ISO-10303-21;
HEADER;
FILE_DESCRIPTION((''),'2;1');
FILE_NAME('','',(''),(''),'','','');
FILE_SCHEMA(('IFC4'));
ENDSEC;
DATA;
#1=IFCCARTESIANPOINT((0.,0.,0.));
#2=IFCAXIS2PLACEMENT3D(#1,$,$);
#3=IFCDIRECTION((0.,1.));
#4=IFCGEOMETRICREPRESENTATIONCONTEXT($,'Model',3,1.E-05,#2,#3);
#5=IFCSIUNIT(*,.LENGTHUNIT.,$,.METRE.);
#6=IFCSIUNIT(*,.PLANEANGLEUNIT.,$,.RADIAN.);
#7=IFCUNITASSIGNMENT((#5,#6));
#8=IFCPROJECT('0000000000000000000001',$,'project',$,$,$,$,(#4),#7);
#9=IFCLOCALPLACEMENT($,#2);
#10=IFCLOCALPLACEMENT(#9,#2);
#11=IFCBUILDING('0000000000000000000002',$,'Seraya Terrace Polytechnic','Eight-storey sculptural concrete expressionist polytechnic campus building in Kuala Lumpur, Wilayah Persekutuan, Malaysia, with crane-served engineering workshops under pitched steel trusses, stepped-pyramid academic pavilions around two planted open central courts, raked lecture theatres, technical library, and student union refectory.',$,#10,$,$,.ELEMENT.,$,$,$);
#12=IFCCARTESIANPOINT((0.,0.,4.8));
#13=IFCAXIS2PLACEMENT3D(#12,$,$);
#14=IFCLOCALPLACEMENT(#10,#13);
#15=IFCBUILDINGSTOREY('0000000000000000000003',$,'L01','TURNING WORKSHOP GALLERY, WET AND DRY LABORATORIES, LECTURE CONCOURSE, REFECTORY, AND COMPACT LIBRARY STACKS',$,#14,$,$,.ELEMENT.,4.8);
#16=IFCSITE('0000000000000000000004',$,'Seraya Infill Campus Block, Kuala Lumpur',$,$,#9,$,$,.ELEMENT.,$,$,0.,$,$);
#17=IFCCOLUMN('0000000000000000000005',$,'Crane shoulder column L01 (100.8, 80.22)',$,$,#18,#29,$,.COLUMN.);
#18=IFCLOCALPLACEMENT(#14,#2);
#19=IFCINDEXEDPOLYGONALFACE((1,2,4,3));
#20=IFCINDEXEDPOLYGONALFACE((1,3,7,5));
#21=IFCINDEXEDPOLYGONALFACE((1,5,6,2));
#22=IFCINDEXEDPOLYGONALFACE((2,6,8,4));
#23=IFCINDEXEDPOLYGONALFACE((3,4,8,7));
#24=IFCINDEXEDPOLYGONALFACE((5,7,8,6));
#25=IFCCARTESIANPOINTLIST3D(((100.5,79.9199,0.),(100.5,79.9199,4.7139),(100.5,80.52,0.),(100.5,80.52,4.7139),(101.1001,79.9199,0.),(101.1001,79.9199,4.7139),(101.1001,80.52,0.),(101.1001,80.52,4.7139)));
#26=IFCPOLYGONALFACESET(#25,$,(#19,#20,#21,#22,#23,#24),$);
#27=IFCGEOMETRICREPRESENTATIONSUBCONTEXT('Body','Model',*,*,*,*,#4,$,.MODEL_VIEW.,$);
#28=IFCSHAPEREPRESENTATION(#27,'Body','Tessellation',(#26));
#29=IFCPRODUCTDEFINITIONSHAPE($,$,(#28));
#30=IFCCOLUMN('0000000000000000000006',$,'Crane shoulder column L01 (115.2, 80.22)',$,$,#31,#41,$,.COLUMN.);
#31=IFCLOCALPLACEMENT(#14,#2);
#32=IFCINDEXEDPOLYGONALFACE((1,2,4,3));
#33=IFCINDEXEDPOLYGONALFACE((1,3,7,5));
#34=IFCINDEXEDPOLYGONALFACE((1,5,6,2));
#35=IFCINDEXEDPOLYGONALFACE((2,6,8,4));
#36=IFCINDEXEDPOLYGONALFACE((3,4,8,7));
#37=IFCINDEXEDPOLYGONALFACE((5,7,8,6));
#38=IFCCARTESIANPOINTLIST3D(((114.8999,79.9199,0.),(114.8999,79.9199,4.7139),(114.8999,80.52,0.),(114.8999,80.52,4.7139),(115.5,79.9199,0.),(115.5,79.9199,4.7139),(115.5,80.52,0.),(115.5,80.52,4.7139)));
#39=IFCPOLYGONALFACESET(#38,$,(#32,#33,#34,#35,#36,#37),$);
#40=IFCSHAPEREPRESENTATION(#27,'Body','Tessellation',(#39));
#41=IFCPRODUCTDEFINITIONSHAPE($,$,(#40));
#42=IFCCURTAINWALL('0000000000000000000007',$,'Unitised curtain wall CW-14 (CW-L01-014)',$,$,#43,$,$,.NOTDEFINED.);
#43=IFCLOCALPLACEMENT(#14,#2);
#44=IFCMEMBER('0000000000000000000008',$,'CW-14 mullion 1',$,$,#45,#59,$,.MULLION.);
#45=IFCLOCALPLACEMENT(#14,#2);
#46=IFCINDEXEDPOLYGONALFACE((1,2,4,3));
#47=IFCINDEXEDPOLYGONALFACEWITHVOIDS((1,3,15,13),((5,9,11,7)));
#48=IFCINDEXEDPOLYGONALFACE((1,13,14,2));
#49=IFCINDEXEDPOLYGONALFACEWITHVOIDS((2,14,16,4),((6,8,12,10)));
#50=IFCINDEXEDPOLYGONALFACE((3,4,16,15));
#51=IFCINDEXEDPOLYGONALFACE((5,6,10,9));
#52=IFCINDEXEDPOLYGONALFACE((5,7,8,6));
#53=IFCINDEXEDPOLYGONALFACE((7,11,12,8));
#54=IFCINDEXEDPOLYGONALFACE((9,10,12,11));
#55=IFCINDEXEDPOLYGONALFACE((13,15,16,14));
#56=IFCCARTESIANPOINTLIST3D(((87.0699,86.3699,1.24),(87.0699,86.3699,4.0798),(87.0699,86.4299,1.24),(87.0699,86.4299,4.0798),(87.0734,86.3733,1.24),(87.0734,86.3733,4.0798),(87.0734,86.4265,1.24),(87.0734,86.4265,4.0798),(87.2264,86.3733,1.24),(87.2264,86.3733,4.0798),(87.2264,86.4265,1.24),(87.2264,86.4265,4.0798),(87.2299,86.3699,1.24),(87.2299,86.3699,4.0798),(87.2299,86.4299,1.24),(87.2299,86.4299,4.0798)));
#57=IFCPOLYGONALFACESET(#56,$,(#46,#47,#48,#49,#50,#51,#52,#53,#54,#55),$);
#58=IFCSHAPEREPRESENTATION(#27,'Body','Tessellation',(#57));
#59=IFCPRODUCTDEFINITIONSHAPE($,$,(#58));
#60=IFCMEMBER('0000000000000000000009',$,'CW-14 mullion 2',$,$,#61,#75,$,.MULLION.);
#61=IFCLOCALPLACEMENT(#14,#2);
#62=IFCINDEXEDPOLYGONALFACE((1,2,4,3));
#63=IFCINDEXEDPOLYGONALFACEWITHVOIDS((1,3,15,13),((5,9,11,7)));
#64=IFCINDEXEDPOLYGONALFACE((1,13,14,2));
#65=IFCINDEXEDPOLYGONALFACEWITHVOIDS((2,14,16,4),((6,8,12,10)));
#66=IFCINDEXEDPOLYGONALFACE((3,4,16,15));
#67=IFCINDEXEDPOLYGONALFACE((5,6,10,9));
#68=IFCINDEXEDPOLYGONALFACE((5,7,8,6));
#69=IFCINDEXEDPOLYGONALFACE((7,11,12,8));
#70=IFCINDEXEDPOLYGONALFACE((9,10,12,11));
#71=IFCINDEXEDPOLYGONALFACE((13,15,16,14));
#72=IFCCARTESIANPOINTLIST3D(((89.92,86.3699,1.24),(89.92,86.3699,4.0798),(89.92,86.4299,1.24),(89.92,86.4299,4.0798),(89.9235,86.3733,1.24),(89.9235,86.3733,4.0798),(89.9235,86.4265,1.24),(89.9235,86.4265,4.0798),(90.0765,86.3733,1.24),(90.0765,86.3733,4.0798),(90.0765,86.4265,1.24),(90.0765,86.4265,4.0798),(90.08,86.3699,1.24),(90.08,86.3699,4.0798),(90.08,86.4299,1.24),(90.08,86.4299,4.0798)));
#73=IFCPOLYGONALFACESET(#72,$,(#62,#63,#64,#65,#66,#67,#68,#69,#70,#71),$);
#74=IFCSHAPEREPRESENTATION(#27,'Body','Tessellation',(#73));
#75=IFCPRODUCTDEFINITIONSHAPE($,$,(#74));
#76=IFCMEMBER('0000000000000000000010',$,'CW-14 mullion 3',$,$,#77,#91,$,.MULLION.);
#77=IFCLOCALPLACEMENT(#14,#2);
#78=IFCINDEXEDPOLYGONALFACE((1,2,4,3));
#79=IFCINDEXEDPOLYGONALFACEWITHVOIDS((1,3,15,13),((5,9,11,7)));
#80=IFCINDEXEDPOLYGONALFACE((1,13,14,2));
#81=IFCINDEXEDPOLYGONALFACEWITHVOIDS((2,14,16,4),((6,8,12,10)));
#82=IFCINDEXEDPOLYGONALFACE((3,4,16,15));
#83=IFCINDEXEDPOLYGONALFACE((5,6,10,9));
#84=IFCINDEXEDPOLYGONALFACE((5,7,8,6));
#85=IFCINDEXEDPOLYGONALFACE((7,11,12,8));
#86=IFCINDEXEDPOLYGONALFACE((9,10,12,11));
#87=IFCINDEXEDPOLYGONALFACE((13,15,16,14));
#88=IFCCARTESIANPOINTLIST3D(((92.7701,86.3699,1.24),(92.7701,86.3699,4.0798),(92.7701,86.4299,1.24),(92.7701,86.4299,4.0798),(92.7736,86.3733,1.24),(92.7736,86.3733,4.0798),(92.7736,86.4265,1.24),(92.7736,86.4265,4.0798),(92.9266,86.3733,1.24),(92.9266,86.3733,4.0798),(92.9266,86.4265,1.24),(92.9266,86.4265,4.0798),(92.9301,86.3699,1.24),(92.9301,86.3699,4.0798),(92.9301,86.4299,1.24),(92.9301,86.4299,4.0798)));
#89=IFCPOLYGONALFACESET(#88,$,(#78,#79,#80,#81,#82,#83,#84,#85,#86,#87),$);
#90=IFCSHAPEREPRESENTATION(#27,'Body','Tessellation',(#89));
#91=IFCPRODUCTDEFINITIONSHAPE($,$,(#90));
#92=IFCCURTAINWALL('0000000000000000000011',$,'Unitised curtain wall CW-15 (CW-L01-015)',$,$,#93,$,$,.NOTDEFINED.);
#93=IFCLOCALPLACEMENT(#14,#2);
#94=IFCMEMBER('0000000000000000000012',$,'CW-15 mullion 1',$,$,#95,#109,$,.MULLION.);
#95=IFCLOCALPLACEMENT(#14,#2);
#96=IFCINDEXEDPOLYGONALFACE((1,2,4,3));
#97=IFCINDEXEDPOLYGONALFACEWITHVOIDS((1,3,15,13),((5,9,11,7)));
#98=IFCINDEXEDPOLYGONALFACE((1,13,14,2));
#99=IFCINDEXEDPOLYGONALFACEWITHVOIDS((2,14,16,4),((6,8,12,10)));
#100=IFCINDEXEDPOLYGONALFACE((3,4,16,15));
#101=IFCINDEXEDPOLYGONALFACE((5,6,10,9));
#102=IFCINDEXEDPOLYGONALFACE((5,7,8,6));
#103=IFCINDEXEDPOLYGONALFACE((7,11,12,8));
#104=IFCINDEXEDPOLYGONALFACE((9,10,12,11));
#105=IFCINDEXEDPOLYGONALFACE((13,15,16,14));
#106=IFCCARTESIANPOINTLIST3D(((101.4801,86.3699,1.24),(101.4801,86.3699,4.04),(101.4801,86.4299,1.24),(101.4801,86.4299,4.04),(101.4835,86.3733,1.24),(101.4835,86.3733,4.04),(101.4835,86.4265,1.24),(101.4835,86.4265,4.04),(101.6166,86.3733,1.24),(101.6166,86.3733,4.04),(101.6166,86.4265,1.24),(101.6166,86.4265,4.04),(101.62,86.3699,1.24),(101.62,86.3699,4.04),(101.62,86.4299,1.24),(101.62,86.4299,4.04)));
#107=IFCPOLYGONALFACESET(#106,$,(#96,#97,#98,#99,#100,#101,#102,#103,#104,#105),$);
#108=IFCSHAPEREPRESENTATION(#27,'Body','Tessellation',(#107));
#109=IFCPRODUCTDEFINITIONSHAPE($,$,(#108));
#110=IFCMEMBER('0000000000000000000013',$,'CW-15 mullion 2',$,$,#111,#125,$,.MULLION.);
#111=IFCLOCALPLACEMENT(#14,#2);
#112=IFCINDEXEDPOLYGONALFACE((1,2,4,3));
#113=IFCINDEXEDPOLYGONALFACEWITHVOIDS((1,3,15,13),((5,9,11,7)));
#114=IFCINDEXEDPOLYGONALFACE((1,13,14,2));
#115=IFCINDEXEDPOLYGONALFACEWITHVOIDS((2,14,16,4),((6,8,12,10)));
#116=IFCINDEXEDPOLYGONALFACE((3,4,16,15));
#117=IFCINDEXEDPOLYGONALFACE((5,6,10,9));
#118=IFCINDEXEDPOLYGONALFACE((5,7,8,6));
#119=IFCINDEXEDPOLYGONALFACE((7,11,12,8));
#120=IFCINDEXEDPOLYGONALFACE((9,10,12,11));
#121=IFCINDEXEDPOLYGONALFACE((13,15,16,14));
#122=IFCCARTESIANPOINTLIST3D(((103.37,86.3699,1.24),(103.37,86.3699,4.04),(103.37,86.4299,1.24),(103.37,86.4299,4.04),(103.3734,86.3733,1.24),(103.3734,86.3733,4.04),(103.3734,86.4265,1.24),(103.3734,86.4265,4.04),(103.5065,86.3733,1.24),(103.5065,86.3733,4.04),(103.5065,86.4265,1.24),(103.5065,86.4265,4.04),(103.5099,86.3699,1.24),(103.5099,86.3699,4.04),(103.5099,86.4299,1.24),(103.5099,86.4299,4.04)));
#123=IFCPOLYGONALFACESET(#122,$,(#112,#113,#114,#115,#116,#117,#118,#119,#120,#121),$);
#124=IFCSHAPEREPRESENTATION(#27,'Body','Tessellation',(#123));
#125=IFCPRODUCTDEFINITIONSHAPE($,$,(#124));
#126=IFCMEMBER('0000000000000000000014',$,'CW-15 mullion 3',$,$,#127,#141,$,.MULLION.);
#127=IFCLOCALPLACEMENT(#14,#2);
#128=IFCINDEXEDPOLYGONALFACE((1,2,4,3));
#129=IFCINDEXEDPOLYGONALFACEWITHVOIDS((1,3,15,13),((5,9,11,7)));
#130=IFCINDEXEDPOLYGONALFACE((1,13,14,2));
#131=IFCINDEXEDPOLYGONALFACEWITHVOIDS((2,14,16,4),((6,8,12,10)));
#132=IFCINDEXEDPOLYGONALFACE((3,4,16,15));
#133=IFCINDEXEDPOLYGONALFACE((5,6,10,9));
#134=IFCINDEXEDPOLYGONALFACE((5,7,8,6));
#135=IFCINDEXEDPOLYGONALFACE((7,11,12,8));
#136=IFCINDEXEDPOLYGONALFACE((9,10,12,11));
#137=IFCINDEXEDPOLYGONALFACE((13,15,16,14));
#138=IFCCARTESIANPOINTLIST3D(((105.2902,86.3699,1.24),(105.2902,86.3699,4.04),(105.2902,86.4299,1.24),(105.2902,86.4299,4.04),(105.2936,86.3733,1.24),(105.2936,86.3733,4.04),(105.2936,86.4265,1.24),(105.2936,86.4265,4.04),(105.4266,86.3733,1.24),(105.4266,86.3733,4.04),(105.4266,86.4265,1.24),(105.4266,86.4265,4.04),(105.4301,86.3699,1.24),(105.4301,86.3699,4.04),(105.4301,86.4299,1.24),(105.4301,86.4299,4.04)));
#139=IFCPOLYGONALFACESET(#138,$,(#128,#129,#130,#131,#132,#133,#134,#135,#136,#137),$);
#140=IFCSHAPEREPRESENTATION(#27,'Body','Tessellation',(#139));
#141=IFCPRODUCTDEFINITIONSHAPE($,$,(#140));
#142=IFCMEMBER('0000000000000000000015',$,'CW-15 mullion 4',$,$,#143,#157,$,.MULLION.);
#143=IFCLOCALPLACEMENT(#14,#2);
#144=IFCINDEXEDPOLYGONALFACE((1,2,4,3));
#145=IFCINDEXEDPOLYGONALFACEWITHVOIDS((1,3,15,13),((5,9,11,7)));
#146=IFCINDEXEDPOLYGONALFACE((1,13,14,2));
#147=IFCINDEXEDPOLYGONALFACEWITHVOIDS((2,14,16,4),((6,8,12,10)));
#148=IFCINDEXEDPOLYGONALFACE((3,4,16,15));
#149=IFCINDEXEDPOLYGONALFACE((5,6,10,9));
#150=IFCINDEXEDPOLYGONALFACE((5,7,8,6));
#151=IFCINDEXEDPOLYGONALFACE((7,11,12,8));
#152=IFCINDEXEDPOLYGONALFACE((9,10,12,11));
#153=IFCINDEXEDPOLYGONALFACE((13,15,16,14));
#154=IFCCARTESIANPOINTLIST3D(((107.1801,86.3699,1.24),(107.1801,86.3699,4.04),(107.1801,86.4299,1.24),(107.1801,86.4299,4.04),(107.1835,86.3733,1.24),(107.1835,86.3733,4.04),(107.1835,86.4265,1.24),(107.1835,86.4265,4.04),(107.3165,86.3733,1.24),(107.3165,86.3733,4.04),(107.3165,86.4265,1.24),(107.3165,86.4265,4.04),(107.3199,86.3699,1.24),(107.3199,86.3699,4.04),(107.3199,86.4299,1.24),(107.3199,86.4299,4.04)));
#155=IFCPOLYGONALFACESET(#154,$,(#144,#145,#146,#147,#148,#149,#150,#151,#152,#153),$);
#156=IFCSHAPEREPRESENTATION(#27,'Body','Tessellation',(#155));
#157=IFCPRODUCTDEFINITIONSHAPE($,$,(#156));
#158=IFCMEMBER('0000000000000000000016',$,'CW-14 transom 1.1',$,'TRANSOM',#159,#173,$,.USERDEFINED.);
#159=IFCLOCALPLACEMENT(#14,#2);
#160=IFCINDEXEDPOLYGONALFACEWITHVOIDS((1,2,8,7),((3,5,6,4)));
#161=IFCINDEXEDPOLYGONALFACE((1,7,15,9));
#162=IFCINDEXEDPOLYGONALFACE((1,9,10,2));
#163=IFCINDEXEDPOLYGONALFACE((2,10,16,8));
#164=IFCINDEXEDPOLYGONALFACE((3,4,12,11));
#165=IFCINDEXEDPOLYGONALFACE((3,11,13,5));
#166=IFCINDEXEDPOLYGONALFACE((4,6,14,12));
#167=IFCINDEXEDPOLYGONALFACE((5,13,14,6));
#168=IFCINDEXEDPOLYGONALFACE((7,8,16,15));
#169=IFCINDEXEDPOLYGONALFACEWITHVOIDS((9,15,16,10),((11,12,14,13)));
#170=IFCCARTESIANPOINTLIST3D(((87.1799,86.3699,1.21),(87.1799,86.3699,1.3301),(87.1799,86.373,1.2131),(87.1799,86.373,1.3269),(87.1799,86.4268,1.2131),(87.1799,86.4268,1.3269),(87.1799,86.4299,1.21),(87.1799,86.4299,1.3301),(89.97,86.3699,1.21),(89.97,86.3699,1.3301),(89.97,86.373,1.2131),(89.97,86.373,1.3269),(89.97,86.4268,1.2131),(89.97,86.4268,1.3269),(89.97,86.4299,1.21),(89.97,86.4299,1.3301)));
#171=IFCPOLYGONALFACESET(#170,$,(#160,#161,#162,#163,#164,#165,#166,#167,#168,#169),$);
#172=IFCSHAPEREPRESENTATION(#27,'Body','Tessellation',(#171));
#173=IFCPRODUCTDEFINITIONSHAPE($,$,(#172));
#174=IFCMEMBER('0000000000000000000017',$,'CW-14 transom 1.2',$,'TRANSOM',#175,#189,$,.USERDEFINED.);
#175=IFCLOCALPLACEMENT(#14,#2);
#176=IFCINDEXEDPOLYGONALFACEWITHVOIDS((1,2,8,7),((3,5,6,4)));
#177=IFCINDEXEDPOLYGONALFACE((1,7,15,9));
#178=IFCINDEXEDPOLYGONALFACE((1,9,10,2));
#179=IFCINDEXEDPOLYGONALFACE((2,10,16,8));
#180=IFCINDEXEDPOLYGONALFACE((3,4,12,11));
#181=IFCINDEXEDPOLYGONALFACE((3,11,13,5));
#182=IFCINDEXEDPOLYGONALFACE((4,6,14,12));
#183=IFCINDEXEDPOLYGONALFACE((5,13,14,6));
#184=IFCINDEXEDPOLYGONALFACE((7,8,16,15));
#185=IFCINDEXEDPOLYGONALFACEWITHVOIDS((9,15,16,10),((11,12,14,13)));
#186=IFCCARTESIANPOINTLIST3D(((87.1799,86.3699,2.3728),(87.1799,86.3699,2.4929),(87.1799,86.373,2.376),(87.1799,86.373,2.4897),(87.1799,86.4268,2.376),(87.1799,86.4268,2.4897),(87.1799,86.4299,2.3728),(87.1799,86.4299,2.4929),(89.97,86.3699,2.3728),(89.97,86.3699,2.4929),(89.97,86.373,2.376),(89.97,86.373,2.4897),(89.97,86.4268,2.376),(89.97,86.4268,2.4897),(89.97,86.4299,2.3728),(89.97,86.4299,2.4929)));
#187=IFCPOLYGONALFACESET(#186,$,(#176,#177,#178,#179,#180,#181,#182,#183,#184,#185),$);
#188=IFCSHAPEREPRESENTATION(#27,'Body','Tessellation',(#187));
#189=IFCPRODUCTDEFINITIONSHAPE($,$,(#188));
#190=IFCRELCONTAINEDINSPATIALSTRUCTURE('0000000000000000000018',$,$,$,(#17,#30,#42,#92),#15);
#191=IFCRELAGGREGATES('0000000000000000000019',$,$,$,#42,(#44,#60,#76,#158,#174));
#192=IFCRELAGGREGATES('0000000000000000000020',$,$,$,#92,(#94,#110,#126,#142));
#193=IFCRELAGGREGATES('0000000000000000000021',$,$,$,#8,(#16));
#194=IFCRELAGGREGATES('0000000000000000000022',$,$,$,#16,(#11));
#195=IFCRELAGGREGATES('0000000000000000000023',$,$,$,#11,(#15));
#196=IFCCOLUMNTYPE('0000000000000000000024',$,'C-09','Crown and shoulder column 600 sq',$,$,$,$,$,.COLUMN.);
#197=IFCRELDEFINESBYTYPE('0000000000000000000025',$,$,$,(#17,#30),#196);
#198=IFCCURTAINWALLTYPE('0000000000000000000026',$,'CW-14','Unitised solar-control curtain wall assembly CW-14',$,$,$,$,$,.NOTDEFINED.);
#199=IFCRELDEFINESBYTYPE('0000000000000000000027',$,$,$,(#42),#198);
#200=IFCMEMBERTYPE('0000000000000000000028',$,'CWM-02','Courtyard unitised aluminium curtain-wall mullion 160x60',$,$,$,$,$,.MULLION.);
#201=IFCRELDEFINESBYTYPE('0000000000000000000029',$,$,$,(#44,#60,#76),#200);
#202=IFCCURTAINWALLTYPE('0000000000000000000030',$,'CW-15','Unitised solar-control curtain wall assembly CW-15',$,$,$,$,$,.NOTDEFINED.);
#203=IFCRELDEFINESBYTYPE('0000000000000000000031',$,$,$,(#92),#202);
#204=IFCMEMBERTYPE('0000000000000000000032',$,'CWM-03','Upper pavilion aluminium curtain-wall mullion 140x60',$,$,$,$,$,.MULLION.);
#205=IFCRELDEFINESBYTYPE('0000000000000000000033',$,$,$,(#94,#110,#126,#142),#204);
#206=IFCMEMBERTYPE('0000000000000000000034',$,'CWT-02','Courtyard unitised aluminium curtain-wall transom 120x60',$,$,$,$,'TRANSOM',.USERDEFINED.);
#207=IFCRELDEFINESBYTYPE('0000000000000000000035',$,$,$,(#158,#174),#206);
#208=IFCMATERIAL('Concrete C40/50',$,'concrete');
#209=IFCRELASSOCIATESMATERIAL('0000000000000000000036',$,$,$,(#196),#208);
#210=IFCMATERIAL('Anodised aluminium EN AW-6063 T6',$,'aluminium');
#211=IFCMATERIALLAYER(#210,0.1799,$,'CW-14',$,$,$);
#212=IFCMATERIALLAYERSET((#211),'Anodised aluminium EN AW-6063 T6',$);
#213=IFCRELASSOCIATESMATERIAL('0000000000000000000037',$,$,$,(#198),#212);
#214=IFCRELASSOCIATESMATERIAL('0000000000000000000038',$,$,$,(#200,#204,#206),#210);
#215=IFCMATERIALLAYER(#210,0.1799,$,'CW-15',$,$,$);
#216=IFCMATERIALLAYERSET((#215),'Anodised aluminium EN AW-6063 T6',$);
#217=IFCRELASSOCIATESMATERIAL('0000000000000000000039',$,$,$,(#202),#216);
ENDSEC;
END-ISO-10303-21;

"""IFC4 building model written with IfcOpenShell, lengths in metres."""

from ifc_helpers import new_model, si_unit, direction, frame, origin, origin_2d, place, context, subcontext, project, spatial, rectangle, hollow_rectangle, extrude, material, layer, layer_set, material_profile, profile_set, type_object, element, aggregate, save


model = new_model("IFC4")

# Units and contexts
model_context = context("Model", 3, precision=1e-05, world=origin(), true_north=direction((0.0, 1.0)))
body_context = subcontext(model_context, "Body", "Model", "MODEL_VIEW")
ifc_project = project(units=[si_unit("LENGTHUNIT", "METRE"), si_unit("PLANEANGLEUNIT", "RADIAN")], contexts=[model_context])

# Site, building, storey
site_placement = place(None, origin())
site = spatial("IfcSite", under=ifc_project, at=site_placement, Name="Seraya Infill Campus Block, Kuala Lumpur", CompositionType="ELEMENT", RefElevation=0.0)
building_placement = place(site_placement, origin())
building = spatial("IfcBuilding", under=site, at=building_placement, Name="Seraya Terrace Polytechnic", Description="Eight-storey sculptural concrete expressionist polytechnic campus building in Kuala Lumpur, Wilayah Persekutuan, Malaysia, with crane-served engineering workshops under pitched steel trusses, stepped-pyramid academic pavilions around two planted open central courts, raked lecture theatres, technical library, and student union refectory.", CompositionType="ELEMENT")
storey_placement = place(building_placement, frame((0.0, 0.0, 4.8)))
storey = spatial("IfcBuildingStorey", under=building, at=storey_placement, Name="L01", Description="TURNING WORKSHOP GALLERY, WET AND DRY LABORATORIES, LECTURE CONCOURSE, REFECTORY, AND COMPACT LIBRARY STACKS", CompositionType="ELEMENT", Elevation=4.8)

# Columns
ifc_material_1 = material(Name="Concrete C40/50", Category="concrete")
ifc_material_profile_1 = material_profile(ifc_material_1, rectangle(XDim=0.6001, YDim=0.6001, at=origin_2d()), Name="RC 600x600")
ifc_profile_set_1 = profile_set([ifc_material_profile_1], Name="Concrete C40/50")
column_type = type_object("IfcColumnType", Name="C-09", Description="Crown and shoulder column 600 sq", PredefinedType="COLUMN", material=ifc_profile_set_1)
for number, where, z_axis, x_axis, name in (
    (1, (100.8, 80.22, 0.0), (0.0, 0.0, 1.0), (1.0, 0.0, 0.0), "Crane shoulder column L01 (100.8, 80.22)"),
    (2, (115.2, 80.22, 0.0), (0.0, 0.0, 1.0), (1.0, 0.0, 0.0), "Crane shoulder column L01 (115.2, 80.22)"),
):
    element("IfcColumn", number, at=place(storey_placement, frame(where, z_axis=z_axis, x_axis=x_axis)), inside=storey, type_object=column_type, Name=name, PredefinedType="COLUMN", context=body_context, shape_type="SweptSolid", body=[
        extrude(rectangle(XDim=0.6001, YDim=0.6001, at=origin_2d()), origin(), (0.0, 0.0, 1.0), 4.7139),
    ])

# Curtain walls, members
ifc_material_2 = material(Name="Anodised aluminium EN AW-6063 T6", Category="aluminium")
ifc_layer_1 = layer(ifc_material_2, 0.1799, Name="CW-14")
ifc_layer_set_1 = layer_set([ifc_layer_1], Name="Anodised aluminium EN AW-6063 T6")
curtain_wall_type_1 = type_object("IfcCurtainWallType", Name="CW-14", Description="Unitised solar-control curtain wall assembly CW-14", PredefinedType="NOTDEFINED", material=ifc_layer_set_1)
curtain_wall_1_placement = place(storey_placement, origin())
curtain_wall_1 = element("IfcCurtainWall", 3, at=curtain_wall_1_placement, inside=storey, type_object=curtain_wall_type_1, Name="Unitised curtain wall CW-14 (CW-L01-014)", PredefinedType="NOTDEFINED")
ifc_material_profile_2 = material_profile(ifc_material_2, hollow_rectangle(XDim=0.0601, YDim=0.1599, WallThickness=0.0034, at=origin_2d()), Name="RHS 160x60x3.5")
ifc_profile_set_2 = profile_set([ifc_material_profile_2], Name="Anodised aluminium EN AW-6063 T6")
member_type_1 = type_object("IfcMemberType", Name="CWM-02", Description="Courtyard unitised aluminium curtain-wall mullion 160x60", PredefinedType="MULLION", material=ifc_profile_set_2)
member_1_placement = place(storey_placement, frame((87.1499, 86.3999, 1.24), z_axis=(0.0, 0.0, 1.0), x_axis=(0.0, 1.0, 0.0)))
member_1 = element("IfcMember", 4, at=member_1_placement, type_object=member_type_1, Name="CW-14 mullion 1", PredefinedType="MULLION", context=body_context, shape_type="SweptSolid", body=[
    extrude(hollow_rectangle(XDim=0.0601, YDim=0.1599, WallThickness=0.0034, at=origin_2d()), origin(), (0.0, 0.0, 1.0), 2.8398),
])
member_2_placement = place(storey_placement, frame((90.0, 86.3999, 1.24), z_axis=(0.0, 0.0, 1.0), x_axis=(0.0, 1.0, 0.0)))
member_2 = element("IfcMember", 5, at=member_2_placement, type_object=member_type_1, Name="CW-14 mullion 2", PredefinedType="MULLION", context=body_context, shape_type="SweptSolid", body=[
    extrude(hollow_rectangle(XDim=0.0601, YDim=0.1599, WallThickness=0.0034, at=origin_2d()), origin(), (0.0, 0.0, 1.0), 2.8398),
])
member_3_placement = place(storey_placement, frame((92.8501, 86.3999, 1.24), z_axis=(0.0, 0.0, 1.0), x_axis=(0.0, 1.0, 0.0)))
member_3 = element("IfcMember", 6, at=member_3_placement, type_object=member_type_1, Name="CW-14 mullion 3", PredefinedType="MULLION", context=body_context, shape_type="SweptSolid", body=[
    extrude(hollow_rectangle(XDim=0.0601, YDim=0.1599, WallThickness=0.0034, at=origin_2d()), origin(), (0.0, 0.0, 1.0), 2.8398),
])
ifc_layer_2 = layer(ifc_material_2, 0.1799, Name="CW-15")
ifc_layer_set_2 = layer_set([ifc_layer_2], Name="Anodised aluminium EN AW-6063 T6")
curtain_wall_type_2 = type_object("IfcCurtainWallType", Name="CW-15", Description="Unitised solar-control curtain wall assembly CW-15", PredefinedType="NOTDEFINED", material=ifc_layer_set_2)
curtain_wall_2_placement = place(storey_placement, origin())
curtain_wall_2 = element("IfcCurtainWall", 7, at=curtain_wall_2_placement, inside=storey, type_object=curtain_wall_type_2, Name="Unitised curtain wall CW-15 (CW-L01-015)", PredefinedType="NOTDEFINED")
ifc_material_profile_3 = material_profile(ifc_material_2, hollow_rectangle(XDim=0.0601, YDim=0.1399, WallThickness=0.0034, at=origin_2d()), Name="RHS 140x60x3.5")
ifc_profile_set_3 = profile_set([ifc_material_profile_3], Name="Anodised aluminium EN AW-6063 T6")
member_type_2 = type_object("IfcMemberType", Name="CWM-03", Description="Upper pavilion aluminium curtain-wall mullion 140x60", PredefinedType="MULLION", material=ifc_profile_set_3)
member_4_placement = place(storey_placement, frame((101.55, 86.3999, 1.24), z_axis=(0.0, 0.0, 1.0), x_axis=(0.0, 1.0, 0.0)))
member_4 = element("IfcMember", 8, at=member_4_placement, type_object=member_type_2, Name="CW-15 mullion 1", PredefinedType="MULLION", context=body_context, shape_type="SweptSolid", body=[
    extrude(hollow_rectangle(XDim=0.0601, YDim=0.1399, WallThickness=0.0034, at=origin_2d()), origin(), (0.0, 0.0, 1.0), 2.8),
])
member_5_placement = place(storey_placement, frame((103.4399, 86.3999, 1.24), z_axis=(0.0, 0.0, 1.0), x_axis=(0.0, 1.0, 0.0)))
member_5 = element("IfcMember", 9, at=member_5_placement, type_object=member_type_2, Name="CW-15 mullion 2", PredefinedType="MULLION", context=body_context, shape_type="SweptSolid", body=[
    extrude(hollow_rectangle(XDim=0.0601, YDim=0.1399, WallThickness=0.0034, at=origin_2d()), origin(), (0.0, 0.0, 1.0), 2.8),
])
member_6_placement = place(storey_placement, frame((105.3601, 86.3999, 1.24), z_axis=(0.0, 0.0, 1.0), x_axis=(0.0, 1.0, 0.0)))
member_6 = element("IfcMember", 10, at=member_6_placement, type_object=member_type_2, Name="CW-15 mullion 3", PredefinedType="MULLION", context=body_context, shape_type="SweptSolid", body=[
    extrude(hollow_rectangle(XDim=0.0601, YDim=0.1399, WallThickness=0.0034, at=origin_2d()), origin(), (0.0, 0.0, 1.0), 2.8),
])
member_7_placement = place(storey_placement, frame((107.25, 86.3999, 1.24), z_axis=(0.0, 0.0, 1.0), x_axis=(0.0, 1.0, 0.0)))
member_7 = element("IfcMember", 11, at=member_7_placement, type_object=member_type_2, Name="CW-15 mullion 4", PredefinedType="MULLION", context=body_context, shape_type="SweptSolid", body=[
    extrude(hollow_rectangle(XDim=0.0601, YDim=0.1399, WallThickness=0.0034, at=origin_2d()), origin(), (0.0, 0.0, 1.0), 2.8),
])

# Members
ifc_material_profile_4 = material_profile(ifc_material_2, hollow_rectangle(XDim=0.0601, YDim=0.1201, WallThickness=0.0032, at=origin_2d()), Name="RHS 120x60x3.2")
ifc_profile_set_4 = profile_set([ifc_material_profile_4], Name="Anodised aluminium EN AW-6063 T6")
member_type_3 = type_object("IfcMemberType", Name="CWT-02", Description="Courtyard unitised aluminium curtain-wall transom 120x60", ElementType="TRANSOM", PredefinedType="USERDEFINED", material=ifc_profile_set_4)
member_8_placement = place(storey_placement, frame((87.1799, 86.3999, 1.27), z_axis=(1.0, 0.0, 0.0), x_axis=(0.0, 1.0, 0.0)))
member_8 = element("IfcMember", 12, at=member_8_placement, type_object=member_type_3, Name="CW-14 transom 1.1", ObjectType="TRANSOM", PredefinedType="USERDEFINED", context=body_context, shape_type="SweptSolid", body=[
    extrude(hollow_rectangle(XDim=0.0601, YDim=0.1201, WallThickness=0.0032, at=origin_2d()), origin(), (0.0, 0.0, 1.0), 2.79),
])
member_9_placement = place(storey_placement, frame((87.1799, 86.3999, 2.4329), z_axis=(1.0, 0.0, 0.0), x_axis=(0.0, 1.0, 0.0)))
member_9 = element("IfcMember", 13, at=member_9_placement, type_object=member_type_3, Name="CW-14 transom 1.2", ObjectType="TRANSOM", PredefinedType="USERDEFINED", context=body_context, shape_type="SweptSolid", body=[
    extrude(hollow_rectangle(XDim=0.0601, YDim=0.1201, WallThickness=0.0032, at=origin_2d()), origin(), (0.0, 0.0, 1.0), 2.79),
])

aggregate(curtain_wall_1, [member_1, member_2, member_3, member_8, member_9])
aggregate(curtain_wall_2, [member_4, member_5, member_6, member_7])

save(model, "model.ifc")
